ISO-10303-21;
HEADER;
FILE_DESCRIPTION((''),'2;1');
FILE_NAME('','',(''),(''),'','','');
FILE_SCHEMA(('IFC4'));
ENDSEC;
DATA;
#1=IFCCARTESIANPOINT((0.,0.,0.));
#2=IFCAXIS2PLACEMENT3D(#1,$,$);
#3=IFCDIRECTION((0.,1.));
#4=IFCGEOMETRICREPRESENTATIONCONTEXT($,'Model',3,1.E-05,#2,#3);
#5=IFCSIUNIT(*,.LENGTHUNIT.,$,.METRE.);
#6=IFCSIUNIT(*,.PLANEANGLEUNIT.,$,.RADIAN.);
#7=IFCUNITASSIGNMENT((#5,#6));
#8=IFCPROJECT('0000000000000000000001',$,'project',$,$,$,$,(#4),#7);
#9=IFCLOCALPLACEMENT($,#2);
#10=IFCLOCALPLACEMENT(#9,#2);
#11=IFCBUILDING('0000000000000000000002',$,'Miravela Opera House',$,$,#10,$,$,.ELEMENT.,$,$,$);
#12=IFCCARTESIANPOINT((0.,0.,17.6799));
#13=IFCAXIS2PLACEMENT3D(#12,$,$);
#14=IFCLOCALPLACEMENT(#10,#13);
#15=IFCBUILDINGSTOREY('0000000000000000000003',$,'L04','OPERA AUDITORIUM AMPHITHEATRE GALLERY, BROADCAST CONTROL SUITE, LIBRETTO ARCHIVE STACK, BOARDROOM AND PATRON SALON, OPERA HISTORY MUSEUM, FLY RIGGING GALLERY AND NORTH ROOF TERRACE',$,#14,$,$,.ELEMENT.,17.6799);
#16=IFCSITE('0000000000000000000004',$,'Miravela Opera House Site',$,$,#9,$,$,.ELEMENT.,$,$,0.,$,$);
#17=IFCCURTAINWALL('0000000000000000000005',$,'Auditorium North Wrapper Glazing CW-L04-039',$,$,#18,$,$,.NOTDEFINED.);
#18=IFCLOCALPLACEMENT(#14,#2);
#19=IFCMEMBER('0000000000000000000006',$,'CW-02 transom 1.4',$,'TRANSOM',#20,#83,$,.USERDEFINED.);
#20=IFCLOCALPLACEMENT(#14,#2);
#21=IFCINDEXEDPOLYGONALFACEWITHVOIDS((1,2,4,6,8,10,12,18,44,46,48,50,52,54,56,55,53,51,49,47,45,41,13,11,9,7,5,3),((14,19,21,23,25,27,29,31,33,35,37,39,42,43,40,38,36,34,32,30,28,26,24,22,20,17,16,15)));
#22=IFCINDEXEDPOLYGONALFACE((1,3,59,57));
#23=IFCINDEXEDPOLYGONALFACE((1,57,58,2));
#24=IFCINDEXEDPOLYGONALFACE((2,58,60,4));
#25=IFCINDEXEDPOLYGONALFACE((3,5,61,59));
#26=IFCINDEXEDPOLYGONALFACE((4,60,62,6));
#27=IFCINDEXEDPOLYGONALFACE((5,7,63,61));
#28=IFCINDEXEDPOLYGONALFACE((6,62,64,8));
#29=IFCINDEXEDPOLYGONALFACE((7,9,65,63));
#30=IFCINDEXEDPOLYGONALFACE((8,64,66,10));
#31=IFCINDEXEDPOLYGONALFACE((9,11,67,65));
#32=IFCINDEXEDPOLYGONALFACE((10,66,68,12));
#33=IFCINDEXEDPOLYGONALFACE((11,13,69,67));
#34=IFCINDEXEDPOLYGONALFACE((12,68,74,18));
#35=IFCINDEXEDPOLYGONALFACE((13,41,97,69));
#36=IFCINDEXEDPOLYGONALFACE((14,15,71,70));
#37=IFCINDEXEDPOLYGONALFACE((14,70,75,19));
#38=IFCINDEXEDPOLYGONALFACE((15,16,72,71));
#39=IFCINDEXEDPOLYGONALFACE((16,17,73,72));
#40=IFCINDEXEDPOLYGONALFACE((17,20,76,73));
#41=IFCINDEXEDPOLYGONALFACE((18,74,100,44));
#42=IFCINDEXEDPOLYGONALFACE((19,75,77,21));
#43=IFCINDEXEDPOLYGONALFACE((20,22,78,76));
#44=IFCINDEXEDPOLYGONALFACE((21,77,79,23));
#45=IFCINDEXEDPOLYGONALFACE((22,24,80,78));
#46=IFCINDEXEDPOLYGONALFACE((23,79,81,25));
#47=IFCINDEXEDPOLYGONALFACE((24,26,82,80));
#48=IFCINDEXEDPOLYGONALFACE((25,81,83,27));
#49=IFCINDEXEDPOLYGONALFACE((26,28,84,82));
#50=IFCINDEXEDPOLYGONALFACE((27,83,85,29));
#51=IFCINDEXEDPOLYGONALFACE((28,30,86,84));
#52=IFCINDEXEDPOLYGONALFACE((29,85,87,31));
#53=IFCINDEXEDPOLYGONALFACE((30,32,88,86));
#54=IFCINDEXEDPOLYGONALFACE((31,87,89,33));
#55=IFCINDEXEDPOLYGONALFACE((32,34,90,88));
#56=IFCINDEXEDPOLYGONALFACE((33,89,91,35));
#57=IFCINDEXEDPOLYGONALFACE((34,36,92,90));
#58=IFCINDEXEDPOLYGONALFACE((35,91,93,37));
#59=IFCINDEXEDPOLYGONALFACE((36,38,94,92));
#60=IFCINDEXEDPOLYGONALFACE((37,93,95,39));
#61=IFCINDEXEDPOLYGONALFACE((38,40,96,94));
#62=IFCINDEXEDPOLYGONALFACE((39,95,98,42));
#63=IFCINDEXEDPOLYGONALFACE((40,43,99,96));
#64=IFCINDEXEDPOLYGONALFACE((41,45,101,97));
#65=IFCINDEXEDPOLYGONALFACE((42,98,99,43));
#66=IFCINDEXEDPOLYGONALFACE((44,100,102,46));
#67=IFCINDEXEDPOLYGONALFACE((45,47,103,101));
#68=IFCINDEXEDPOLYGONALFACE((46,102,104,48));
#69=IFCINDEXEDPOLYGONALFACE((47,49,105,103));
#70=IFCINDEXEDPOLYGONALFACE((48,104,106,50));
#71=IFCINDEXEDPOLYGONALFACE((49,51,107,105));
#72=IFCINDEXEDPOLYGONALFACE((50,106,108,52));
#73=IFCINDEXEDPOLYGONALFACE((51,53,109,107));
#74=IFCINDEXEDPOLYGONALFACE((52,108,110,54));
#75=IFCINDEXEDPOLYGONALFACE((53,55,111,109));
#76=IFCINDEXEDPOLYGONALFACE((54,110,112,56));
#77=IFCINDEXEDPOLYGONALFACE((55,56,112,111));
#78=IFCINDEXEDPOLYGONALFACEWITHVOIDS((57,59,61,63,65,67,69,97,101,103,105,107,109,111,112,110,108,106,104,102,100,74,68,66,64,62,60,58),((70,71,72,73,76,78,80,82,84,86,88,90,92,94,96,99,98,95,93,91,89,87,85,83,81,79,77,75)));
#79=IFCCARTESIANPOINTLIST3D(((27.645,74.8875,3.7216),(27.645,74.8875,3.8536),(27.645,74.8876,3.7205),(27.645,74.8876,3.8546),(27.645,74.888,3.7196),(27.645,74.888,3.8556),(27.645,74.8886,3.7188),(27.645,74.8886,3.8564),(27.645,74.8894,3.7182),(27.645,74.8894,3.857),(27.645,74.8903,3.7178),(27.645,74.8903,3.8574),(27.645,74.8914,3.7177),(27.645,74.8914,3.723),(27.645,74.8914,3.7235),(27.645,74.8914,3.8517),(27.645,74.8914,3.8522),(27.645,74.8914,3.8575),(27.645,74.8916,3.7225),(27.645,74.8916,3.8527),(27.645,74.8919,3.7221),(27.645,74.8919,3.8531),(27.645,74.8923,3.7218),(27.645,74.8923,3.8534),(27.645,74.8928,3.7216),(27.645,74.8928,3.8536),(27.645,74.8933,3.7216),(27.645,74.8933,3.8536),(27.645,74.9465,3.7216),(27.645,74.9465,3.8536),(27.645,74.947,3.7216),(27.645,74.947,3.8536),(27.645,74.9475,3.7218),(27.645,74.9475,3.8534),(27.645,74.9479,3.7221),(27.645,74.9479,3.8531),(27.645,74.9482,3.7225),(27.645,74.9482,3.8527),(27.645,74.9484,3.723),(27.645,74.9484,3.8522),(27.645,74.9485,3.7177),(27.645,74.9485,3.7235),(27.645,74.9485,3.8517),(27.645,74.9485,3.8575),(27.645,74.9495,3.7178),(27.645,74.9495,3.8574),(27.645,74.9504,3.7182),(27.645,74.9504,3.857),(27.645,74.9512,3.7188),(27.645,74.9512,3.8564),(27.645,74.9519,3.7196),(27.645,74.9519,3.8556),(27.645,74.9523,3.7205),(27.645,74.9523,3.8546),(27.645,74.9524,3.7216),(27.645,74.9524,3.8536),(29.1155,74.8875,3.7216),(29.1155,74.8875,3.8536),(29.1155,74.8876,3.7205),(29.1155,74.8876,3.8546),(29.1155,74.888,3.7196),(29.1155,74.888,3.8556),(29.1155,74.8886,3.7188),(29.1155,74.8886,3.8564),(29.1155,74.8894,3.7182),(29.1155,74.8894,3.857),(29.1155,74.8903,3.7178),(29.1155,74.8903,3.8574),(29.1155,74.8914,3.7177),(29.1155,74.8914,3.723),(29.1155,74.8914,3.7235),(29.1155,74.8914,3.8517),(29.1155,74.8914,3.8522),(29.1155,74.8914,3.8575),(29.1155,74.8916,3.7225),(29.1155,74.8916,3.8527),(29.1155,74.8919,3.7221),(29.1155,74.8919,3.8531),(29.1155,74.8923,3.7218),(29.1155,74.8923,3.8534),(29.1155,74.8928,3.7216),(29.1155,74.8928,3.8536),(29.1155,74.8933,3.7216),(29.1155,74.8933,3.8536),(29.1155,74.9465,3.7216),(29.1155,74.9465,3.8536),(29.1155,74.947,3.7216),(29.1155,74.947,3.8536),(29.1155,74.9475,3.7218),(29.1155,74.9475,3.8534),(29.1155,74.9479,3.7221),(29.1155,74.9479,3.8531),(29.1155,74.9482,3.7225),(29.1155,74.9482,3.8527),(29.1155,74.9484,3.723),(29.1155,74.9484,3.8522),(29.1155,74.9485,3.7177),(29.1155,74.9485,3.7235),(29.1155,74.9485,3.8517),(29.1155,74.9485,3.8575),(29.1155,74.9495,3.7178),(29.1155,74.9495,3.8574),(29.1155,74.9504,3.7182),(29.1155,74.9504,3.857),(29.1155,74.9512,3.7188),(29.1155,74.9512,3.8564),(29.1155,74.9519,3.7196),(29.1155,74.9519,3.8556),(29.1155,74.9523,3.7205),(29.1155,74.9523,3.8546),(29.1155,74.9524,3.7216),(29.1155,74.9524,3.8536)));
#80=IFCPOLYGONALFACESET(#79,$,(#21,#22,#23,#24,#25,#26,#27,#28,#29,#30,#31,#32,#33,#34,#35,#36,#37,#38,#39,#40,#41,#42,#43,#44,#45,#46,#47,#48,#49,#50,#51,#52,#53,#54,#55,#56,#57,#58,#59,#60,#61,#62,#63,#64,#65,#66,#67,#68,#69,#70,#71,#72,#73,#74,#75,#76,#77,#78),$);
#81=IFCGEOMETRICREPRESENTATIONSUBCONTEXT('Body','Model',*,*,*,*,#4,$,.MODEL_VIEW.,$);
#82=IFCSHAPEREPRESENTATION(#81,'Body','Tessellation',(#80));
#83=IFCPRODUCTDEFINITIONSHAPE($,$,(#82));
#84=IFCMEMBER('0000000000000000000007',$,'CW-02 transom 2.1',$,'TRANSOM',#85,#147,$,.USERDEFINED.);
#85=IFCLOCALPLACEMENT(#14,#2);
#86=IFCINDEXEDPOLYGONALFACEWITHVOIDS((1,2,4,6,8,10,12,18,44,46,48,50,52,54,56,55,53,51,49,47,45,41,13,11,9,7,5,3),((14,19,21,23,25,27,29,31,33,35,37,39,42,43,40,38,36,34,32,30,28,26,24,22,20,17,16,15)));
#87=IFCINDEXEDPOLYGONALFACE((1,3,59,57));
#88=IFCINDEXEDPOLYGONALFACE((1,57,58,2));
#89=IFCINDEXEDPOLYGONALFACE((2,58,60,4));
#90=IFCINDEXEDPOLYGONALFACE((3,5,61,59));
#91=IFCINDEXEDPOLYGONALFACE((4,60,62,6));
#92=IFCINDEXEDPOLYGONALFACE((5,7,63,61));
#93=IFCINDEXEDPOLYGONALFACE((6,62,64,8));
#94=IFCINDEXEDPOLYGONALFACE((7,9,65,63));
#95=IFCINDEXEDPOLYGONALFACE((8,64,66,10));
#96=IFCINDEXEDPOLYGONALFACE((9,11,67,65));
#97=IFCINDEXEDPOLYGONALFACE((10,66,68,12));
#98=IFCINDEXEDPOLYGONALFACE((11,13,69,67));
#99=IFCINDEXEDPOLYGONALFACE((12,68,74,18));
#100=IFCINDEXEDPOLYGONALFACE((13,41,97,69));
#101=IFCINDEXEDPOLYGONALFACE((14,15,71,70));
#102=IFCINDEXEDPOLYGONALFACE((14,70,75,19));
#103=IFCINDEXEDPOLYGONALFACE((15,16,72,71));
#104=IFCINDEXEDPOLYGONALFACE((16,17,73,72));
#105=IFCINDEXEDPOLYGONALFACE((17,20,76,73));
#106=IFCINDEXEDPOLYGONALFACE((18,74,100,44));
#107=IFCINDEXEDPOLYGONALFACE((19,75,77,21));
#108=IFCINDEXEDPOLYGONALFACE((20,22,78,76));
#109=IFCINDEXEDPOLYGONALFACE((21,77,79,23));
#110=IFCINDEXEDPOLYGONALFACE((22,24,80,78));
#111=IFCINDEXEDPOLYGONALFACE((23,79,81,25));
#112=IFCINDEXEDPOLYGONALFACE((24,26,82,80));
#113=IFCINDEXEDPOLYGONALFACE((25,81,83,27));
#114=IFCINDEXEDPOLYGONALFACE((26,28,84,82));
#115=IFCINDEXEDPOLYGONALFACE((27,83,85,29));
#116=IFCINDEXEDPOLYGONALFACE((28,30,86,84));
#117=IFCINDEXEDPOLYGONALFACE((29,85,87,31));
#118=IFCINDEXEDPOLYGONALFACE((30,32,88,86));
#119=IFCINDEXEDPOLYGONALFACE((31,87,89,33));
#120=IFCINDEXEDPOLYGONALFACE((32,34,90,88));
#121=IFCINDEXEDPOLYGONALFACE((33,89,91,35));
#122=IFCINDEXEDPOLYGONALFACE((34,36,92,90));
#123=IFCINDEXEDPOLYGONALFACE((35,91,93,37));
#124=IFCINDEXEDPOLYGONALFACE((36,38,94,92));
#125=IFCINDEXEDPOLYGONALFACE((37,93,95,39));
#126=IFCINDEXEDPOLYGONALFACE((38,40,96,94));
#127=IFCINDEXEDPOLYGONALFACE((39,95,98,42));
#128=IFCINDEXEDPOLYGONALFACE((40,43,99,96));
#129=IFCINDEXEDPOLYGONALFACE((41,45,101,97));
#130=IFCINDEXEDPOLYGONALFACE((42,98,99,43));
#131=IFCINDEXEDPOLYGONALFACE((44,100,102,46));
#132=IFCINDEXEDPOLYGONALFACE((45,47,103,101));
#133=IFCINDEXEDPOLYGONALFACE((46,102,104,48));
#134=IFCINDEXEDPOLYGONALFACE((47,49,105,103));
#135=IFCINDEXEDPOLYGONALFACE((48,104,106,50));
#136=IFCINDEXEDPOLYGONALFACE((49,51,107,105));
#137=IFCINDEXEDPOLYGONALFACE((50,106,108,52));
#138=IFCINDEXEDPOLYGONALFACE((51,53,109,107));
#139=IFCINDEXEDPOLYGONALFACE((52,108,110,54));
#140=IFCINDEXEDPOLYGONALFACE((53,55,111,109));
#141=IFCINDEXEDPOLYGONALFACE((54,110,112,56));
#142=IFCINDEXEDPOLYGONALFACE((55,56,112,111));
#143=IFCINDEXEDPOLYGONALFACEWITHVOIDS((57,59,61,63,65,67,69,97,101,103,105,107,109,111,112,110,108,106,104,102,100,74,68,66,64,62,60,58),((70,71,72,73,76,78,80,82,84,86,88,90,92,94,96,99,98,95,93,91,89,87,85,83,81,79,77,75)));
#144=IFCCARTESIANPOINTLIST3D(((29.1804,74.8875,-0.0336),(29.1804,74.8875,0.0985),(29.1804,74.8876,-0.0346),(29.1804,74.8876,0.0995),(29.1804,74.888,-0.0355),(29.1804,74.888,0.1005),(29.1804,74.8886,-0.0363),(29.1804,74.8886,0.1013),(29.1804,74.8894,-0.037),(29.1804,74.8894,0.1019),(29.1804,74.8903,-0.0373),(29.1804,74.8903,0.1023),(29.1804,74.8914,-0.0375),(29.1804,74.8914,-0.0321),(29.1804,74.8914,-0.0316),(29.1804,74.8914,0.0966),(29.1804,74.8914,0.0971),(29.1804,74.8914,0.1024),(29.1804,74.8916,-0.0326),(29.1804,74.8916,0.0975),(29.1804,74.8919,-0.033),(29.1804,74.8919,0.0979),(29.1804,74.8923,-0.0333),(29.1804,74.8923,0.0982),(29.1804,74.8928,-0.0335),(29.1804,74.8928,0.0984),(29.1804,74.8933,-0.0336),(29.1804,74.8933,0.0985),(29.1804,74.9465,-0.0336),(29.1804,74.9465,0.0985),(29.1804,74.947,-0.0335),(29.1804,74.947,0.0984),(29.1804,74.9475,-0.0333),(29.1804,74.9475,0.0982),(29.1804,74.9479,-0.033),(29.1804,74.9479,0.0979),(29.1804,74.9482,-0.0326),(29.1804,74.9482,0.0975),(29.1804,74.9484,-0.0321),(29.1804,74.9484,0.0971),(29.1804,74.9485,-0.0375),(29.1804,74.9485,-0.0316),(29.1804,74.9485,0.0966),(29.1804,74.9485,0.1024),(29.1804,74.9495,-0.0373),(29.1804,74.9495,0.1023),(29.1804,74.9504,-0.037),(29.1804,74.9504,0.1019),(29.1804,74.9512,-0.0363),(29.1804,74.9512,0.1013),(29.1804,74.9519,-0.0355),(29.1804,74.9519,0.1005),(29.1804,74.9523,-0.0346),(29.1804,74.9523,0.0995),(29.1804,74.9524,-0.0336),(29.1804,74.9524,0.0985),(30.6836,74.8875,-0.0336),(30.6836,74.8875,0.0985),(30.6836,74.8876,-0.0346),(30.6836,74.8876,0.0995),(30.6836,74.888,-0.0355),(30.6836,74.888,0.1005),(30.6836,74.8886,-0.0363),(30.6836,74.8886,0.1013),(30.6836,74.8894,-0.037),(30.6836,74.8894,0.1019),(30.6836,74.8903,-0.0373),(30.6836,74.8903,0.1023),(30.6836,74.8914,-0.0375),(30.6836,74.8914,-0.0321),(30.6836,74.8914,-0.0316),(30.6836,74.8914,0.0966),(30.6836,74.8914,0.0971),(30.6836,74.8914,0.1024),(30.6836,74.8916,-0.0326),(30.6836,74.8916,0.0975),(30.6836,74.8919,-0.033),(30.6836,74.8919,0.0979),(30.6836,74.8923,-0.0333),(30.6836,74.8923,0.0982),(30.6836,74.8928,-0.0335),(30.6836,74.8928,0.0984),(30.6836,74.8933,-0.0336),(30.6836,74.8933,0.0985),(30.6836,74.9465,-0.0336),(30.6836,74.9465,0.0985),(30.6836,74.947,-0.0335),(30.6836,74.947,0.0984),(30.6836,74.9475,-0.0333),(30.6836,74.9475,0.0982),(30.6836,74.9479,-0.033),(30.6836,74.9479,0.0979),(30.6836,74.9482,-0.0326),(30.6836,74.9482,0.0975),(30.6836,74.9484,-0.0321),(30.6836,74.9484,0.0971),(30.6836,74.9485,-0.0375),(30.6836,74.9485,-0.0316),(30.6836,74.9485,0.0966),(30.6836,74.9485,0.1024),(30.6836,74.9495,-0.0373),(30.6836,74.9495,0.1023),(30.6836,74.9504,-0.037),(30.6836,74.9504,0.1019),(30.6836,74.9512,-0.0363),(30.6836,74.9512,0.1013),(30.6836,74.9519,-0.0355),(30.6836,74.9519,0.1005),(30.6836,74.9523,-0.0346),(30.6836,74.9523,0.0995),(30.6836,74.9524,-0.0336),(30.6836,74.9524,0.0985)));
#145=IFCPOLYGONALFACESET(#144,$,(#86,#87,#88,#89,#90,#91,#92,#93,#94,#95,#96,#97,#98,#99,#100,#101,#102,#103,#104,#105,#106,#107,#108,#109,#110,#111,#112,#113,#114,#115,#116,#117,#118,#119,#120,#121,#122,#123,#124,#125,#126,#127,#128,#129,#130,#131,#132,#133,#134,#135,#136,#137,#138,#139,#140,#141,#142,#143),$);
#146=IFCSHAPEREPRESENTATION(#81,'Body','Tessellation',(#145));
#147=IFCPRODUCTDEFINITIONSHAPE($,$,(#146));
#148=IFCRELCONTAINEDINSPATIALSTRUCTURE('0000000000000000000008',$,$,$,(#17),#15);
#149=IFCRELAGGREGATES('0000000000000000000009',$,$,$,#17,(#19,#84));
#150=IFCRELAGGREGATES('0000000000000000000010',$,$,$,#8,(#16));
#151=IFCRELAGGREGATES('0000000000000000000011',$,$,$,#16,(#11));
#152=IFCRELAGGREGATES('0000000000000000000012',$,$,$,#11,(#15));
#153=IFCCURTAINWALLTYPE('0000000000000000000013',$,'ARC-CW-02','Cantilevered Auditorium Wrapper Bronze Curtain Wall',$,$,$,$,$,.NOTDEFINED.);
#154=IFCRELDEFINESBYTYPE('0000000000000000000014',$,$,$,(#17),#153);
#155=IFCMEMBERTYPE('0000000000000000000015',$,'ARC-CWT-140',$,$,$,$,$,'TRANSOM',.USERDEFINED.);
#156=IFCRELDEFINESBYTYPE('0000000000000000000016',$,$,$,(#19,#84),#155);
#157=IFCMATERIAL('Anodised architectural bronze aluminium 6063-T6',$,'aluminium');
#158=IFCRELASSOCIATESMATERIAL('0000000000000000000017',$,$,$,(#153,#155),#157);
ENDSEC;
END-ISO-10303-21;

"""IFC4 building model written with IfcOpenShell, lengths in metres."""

from ifc_helpers import new_model, si_unit, direction, frame, origin, origin_2d, place, context, subcontext, project, spatial, hollow_rectangle, extrude, material, material_profile, profile_set, type_object, element, aggregate, save


model = new_model("IFC4")

# Units and contexts
model_context = context("Model", 3, precision=1e-05, world=origin(), true_north=direction((0.0, 1.0)))
body_context = subcontext(model_context, "Body", "Model", "MODEL_VIEW")
ifc_project = project(units=[si_unit("LENGTHUNIT", "METRE"), si_unit("PLANEANGLEUNIT", "RADIAN")], contexts=[model_context])

# Site, building, storey
site_placement = place(None, origin())
site = spatial("IfcSite", under=ifc_project, at=site_placement, Name="Miravela Opera House Site", CompositionType="ELEMENT", RefElevation=0.0)
building_placement = place(site_placement, origin())
building = spatial("IfcBuilding", under=site, at=building_placement, Name="Miravela Opera House", CompositionType="ELEMENT")
storey_placement = place(building_placement, frame((0.0, 0.0, 17.6799)))
storey = spatial("IfcBuildingStorey", under=building, at=storey_placement, Name="L04", Description="OPERA AUDITORIUM AMPHITHEATRE GALLERY, BROADCAST CONTROL SUITE, LIBRETTO ARCHIVE STACK, BOARDROOM AND PATRON SALON, OPERA HISTORY MUSEUM, FLY RIGGING GALLERY AND NORTH ROOF TERRACE", CompositionType="ELEMENT", Elevation=17.6799)

# Shared definitions
ifc_material_1 = material(Name="Anodised architectural bronze aluminium 6063-T6", Category="aluminium")
curtain_wall_type = type_object("IfcCurtainWallType", Name="ARC-CW-02", Description="Cantilevered Auditorium Wrapper Bronze Curtain Wall", PredefinedType="NOTDEFINED", material=ifc_material_1)

# Curtain wall
curtain_wall_1_placement = place(storey_placement, origin())
curtain_wall_1 = element("IfcCurtainWall", 1, at=curtain_wall_1_placement, inside=storey, type_object=curtain_wall_type, Name="Auditorium North Wrapper Glazing CW-L04-039", PredefinedType="NOTDEFINED")

# Members
ifc_material_profile_1 = material_profile(ifc_material_1, hollow_rectangle(XDim=0.0649, YDim=0.1399, WallThickness=0.0039, InnerFilletRadius=0.002, OuterFilletRadius=0.0039, at=origin_2d()), Name="CWT-65X140")
ifc_profile_set_1 = profile_set([ifc_material_profile_1])
member_type_1 = type_object("IfcMemberType", Name="ARC-CWT-140", ElementType="TRANSOM", PredefinedType="USERDEFINED", material=ifc_profile_set_1)
member_1_placement = place(storey_placement, frame((27.645, 74.9199, 3.7876), z_axis=(1.0, 0.0, 0.0), x_axis=(0.0, 1.0, 0.0)))
member_1 = element("IfcMember", 2, at=member_1_placement, type_object=member_type_1, Name="CW-02 transom 1.4", ObjectType="TRANSOM", PredefinedType="USERDEFINED", context=body_context, shape_type="SweptSolid", body=[
    extrude(hollow_rectangle(XDim=0.0649, YDim=0.1399, WallThickness=0.0039, InnerFilletRadius=0.002, OuterFilletRadius=0.0039, at=origin_2d()), origin(), (0.0, 0.0, 1.0), 1.4705),
])
member_2_placement = place(storey_placement, frame((29.1804, 74.9199, 0.0325), z_axis=(1.0, 0.0, 0.0), x_axis=(0.0, 1.0, 0.0)))
member_2 = element("IfcMember", 3, at=member_2_placement, type_object=member_type_1, Name="CW-02 transom 2.1", ObjectType="TRANSOM", PredefinedType="USERDEFINED", context=body_context, shape_type="SweptSolid", body=[
    extrude(hollow_rectangle(XDim=0.0649, YDim=0.1399, WallThickness=0.0039, InnerFilletRadius=0.002, OuterFilletRadius=0.0039, at=origin_2d()), origin(), (0.0, 0.0, 1.0), 1.5032),
])

aggregate(curtain_wall_1, [member_1, member_2])

save(model, "model.ifc")
